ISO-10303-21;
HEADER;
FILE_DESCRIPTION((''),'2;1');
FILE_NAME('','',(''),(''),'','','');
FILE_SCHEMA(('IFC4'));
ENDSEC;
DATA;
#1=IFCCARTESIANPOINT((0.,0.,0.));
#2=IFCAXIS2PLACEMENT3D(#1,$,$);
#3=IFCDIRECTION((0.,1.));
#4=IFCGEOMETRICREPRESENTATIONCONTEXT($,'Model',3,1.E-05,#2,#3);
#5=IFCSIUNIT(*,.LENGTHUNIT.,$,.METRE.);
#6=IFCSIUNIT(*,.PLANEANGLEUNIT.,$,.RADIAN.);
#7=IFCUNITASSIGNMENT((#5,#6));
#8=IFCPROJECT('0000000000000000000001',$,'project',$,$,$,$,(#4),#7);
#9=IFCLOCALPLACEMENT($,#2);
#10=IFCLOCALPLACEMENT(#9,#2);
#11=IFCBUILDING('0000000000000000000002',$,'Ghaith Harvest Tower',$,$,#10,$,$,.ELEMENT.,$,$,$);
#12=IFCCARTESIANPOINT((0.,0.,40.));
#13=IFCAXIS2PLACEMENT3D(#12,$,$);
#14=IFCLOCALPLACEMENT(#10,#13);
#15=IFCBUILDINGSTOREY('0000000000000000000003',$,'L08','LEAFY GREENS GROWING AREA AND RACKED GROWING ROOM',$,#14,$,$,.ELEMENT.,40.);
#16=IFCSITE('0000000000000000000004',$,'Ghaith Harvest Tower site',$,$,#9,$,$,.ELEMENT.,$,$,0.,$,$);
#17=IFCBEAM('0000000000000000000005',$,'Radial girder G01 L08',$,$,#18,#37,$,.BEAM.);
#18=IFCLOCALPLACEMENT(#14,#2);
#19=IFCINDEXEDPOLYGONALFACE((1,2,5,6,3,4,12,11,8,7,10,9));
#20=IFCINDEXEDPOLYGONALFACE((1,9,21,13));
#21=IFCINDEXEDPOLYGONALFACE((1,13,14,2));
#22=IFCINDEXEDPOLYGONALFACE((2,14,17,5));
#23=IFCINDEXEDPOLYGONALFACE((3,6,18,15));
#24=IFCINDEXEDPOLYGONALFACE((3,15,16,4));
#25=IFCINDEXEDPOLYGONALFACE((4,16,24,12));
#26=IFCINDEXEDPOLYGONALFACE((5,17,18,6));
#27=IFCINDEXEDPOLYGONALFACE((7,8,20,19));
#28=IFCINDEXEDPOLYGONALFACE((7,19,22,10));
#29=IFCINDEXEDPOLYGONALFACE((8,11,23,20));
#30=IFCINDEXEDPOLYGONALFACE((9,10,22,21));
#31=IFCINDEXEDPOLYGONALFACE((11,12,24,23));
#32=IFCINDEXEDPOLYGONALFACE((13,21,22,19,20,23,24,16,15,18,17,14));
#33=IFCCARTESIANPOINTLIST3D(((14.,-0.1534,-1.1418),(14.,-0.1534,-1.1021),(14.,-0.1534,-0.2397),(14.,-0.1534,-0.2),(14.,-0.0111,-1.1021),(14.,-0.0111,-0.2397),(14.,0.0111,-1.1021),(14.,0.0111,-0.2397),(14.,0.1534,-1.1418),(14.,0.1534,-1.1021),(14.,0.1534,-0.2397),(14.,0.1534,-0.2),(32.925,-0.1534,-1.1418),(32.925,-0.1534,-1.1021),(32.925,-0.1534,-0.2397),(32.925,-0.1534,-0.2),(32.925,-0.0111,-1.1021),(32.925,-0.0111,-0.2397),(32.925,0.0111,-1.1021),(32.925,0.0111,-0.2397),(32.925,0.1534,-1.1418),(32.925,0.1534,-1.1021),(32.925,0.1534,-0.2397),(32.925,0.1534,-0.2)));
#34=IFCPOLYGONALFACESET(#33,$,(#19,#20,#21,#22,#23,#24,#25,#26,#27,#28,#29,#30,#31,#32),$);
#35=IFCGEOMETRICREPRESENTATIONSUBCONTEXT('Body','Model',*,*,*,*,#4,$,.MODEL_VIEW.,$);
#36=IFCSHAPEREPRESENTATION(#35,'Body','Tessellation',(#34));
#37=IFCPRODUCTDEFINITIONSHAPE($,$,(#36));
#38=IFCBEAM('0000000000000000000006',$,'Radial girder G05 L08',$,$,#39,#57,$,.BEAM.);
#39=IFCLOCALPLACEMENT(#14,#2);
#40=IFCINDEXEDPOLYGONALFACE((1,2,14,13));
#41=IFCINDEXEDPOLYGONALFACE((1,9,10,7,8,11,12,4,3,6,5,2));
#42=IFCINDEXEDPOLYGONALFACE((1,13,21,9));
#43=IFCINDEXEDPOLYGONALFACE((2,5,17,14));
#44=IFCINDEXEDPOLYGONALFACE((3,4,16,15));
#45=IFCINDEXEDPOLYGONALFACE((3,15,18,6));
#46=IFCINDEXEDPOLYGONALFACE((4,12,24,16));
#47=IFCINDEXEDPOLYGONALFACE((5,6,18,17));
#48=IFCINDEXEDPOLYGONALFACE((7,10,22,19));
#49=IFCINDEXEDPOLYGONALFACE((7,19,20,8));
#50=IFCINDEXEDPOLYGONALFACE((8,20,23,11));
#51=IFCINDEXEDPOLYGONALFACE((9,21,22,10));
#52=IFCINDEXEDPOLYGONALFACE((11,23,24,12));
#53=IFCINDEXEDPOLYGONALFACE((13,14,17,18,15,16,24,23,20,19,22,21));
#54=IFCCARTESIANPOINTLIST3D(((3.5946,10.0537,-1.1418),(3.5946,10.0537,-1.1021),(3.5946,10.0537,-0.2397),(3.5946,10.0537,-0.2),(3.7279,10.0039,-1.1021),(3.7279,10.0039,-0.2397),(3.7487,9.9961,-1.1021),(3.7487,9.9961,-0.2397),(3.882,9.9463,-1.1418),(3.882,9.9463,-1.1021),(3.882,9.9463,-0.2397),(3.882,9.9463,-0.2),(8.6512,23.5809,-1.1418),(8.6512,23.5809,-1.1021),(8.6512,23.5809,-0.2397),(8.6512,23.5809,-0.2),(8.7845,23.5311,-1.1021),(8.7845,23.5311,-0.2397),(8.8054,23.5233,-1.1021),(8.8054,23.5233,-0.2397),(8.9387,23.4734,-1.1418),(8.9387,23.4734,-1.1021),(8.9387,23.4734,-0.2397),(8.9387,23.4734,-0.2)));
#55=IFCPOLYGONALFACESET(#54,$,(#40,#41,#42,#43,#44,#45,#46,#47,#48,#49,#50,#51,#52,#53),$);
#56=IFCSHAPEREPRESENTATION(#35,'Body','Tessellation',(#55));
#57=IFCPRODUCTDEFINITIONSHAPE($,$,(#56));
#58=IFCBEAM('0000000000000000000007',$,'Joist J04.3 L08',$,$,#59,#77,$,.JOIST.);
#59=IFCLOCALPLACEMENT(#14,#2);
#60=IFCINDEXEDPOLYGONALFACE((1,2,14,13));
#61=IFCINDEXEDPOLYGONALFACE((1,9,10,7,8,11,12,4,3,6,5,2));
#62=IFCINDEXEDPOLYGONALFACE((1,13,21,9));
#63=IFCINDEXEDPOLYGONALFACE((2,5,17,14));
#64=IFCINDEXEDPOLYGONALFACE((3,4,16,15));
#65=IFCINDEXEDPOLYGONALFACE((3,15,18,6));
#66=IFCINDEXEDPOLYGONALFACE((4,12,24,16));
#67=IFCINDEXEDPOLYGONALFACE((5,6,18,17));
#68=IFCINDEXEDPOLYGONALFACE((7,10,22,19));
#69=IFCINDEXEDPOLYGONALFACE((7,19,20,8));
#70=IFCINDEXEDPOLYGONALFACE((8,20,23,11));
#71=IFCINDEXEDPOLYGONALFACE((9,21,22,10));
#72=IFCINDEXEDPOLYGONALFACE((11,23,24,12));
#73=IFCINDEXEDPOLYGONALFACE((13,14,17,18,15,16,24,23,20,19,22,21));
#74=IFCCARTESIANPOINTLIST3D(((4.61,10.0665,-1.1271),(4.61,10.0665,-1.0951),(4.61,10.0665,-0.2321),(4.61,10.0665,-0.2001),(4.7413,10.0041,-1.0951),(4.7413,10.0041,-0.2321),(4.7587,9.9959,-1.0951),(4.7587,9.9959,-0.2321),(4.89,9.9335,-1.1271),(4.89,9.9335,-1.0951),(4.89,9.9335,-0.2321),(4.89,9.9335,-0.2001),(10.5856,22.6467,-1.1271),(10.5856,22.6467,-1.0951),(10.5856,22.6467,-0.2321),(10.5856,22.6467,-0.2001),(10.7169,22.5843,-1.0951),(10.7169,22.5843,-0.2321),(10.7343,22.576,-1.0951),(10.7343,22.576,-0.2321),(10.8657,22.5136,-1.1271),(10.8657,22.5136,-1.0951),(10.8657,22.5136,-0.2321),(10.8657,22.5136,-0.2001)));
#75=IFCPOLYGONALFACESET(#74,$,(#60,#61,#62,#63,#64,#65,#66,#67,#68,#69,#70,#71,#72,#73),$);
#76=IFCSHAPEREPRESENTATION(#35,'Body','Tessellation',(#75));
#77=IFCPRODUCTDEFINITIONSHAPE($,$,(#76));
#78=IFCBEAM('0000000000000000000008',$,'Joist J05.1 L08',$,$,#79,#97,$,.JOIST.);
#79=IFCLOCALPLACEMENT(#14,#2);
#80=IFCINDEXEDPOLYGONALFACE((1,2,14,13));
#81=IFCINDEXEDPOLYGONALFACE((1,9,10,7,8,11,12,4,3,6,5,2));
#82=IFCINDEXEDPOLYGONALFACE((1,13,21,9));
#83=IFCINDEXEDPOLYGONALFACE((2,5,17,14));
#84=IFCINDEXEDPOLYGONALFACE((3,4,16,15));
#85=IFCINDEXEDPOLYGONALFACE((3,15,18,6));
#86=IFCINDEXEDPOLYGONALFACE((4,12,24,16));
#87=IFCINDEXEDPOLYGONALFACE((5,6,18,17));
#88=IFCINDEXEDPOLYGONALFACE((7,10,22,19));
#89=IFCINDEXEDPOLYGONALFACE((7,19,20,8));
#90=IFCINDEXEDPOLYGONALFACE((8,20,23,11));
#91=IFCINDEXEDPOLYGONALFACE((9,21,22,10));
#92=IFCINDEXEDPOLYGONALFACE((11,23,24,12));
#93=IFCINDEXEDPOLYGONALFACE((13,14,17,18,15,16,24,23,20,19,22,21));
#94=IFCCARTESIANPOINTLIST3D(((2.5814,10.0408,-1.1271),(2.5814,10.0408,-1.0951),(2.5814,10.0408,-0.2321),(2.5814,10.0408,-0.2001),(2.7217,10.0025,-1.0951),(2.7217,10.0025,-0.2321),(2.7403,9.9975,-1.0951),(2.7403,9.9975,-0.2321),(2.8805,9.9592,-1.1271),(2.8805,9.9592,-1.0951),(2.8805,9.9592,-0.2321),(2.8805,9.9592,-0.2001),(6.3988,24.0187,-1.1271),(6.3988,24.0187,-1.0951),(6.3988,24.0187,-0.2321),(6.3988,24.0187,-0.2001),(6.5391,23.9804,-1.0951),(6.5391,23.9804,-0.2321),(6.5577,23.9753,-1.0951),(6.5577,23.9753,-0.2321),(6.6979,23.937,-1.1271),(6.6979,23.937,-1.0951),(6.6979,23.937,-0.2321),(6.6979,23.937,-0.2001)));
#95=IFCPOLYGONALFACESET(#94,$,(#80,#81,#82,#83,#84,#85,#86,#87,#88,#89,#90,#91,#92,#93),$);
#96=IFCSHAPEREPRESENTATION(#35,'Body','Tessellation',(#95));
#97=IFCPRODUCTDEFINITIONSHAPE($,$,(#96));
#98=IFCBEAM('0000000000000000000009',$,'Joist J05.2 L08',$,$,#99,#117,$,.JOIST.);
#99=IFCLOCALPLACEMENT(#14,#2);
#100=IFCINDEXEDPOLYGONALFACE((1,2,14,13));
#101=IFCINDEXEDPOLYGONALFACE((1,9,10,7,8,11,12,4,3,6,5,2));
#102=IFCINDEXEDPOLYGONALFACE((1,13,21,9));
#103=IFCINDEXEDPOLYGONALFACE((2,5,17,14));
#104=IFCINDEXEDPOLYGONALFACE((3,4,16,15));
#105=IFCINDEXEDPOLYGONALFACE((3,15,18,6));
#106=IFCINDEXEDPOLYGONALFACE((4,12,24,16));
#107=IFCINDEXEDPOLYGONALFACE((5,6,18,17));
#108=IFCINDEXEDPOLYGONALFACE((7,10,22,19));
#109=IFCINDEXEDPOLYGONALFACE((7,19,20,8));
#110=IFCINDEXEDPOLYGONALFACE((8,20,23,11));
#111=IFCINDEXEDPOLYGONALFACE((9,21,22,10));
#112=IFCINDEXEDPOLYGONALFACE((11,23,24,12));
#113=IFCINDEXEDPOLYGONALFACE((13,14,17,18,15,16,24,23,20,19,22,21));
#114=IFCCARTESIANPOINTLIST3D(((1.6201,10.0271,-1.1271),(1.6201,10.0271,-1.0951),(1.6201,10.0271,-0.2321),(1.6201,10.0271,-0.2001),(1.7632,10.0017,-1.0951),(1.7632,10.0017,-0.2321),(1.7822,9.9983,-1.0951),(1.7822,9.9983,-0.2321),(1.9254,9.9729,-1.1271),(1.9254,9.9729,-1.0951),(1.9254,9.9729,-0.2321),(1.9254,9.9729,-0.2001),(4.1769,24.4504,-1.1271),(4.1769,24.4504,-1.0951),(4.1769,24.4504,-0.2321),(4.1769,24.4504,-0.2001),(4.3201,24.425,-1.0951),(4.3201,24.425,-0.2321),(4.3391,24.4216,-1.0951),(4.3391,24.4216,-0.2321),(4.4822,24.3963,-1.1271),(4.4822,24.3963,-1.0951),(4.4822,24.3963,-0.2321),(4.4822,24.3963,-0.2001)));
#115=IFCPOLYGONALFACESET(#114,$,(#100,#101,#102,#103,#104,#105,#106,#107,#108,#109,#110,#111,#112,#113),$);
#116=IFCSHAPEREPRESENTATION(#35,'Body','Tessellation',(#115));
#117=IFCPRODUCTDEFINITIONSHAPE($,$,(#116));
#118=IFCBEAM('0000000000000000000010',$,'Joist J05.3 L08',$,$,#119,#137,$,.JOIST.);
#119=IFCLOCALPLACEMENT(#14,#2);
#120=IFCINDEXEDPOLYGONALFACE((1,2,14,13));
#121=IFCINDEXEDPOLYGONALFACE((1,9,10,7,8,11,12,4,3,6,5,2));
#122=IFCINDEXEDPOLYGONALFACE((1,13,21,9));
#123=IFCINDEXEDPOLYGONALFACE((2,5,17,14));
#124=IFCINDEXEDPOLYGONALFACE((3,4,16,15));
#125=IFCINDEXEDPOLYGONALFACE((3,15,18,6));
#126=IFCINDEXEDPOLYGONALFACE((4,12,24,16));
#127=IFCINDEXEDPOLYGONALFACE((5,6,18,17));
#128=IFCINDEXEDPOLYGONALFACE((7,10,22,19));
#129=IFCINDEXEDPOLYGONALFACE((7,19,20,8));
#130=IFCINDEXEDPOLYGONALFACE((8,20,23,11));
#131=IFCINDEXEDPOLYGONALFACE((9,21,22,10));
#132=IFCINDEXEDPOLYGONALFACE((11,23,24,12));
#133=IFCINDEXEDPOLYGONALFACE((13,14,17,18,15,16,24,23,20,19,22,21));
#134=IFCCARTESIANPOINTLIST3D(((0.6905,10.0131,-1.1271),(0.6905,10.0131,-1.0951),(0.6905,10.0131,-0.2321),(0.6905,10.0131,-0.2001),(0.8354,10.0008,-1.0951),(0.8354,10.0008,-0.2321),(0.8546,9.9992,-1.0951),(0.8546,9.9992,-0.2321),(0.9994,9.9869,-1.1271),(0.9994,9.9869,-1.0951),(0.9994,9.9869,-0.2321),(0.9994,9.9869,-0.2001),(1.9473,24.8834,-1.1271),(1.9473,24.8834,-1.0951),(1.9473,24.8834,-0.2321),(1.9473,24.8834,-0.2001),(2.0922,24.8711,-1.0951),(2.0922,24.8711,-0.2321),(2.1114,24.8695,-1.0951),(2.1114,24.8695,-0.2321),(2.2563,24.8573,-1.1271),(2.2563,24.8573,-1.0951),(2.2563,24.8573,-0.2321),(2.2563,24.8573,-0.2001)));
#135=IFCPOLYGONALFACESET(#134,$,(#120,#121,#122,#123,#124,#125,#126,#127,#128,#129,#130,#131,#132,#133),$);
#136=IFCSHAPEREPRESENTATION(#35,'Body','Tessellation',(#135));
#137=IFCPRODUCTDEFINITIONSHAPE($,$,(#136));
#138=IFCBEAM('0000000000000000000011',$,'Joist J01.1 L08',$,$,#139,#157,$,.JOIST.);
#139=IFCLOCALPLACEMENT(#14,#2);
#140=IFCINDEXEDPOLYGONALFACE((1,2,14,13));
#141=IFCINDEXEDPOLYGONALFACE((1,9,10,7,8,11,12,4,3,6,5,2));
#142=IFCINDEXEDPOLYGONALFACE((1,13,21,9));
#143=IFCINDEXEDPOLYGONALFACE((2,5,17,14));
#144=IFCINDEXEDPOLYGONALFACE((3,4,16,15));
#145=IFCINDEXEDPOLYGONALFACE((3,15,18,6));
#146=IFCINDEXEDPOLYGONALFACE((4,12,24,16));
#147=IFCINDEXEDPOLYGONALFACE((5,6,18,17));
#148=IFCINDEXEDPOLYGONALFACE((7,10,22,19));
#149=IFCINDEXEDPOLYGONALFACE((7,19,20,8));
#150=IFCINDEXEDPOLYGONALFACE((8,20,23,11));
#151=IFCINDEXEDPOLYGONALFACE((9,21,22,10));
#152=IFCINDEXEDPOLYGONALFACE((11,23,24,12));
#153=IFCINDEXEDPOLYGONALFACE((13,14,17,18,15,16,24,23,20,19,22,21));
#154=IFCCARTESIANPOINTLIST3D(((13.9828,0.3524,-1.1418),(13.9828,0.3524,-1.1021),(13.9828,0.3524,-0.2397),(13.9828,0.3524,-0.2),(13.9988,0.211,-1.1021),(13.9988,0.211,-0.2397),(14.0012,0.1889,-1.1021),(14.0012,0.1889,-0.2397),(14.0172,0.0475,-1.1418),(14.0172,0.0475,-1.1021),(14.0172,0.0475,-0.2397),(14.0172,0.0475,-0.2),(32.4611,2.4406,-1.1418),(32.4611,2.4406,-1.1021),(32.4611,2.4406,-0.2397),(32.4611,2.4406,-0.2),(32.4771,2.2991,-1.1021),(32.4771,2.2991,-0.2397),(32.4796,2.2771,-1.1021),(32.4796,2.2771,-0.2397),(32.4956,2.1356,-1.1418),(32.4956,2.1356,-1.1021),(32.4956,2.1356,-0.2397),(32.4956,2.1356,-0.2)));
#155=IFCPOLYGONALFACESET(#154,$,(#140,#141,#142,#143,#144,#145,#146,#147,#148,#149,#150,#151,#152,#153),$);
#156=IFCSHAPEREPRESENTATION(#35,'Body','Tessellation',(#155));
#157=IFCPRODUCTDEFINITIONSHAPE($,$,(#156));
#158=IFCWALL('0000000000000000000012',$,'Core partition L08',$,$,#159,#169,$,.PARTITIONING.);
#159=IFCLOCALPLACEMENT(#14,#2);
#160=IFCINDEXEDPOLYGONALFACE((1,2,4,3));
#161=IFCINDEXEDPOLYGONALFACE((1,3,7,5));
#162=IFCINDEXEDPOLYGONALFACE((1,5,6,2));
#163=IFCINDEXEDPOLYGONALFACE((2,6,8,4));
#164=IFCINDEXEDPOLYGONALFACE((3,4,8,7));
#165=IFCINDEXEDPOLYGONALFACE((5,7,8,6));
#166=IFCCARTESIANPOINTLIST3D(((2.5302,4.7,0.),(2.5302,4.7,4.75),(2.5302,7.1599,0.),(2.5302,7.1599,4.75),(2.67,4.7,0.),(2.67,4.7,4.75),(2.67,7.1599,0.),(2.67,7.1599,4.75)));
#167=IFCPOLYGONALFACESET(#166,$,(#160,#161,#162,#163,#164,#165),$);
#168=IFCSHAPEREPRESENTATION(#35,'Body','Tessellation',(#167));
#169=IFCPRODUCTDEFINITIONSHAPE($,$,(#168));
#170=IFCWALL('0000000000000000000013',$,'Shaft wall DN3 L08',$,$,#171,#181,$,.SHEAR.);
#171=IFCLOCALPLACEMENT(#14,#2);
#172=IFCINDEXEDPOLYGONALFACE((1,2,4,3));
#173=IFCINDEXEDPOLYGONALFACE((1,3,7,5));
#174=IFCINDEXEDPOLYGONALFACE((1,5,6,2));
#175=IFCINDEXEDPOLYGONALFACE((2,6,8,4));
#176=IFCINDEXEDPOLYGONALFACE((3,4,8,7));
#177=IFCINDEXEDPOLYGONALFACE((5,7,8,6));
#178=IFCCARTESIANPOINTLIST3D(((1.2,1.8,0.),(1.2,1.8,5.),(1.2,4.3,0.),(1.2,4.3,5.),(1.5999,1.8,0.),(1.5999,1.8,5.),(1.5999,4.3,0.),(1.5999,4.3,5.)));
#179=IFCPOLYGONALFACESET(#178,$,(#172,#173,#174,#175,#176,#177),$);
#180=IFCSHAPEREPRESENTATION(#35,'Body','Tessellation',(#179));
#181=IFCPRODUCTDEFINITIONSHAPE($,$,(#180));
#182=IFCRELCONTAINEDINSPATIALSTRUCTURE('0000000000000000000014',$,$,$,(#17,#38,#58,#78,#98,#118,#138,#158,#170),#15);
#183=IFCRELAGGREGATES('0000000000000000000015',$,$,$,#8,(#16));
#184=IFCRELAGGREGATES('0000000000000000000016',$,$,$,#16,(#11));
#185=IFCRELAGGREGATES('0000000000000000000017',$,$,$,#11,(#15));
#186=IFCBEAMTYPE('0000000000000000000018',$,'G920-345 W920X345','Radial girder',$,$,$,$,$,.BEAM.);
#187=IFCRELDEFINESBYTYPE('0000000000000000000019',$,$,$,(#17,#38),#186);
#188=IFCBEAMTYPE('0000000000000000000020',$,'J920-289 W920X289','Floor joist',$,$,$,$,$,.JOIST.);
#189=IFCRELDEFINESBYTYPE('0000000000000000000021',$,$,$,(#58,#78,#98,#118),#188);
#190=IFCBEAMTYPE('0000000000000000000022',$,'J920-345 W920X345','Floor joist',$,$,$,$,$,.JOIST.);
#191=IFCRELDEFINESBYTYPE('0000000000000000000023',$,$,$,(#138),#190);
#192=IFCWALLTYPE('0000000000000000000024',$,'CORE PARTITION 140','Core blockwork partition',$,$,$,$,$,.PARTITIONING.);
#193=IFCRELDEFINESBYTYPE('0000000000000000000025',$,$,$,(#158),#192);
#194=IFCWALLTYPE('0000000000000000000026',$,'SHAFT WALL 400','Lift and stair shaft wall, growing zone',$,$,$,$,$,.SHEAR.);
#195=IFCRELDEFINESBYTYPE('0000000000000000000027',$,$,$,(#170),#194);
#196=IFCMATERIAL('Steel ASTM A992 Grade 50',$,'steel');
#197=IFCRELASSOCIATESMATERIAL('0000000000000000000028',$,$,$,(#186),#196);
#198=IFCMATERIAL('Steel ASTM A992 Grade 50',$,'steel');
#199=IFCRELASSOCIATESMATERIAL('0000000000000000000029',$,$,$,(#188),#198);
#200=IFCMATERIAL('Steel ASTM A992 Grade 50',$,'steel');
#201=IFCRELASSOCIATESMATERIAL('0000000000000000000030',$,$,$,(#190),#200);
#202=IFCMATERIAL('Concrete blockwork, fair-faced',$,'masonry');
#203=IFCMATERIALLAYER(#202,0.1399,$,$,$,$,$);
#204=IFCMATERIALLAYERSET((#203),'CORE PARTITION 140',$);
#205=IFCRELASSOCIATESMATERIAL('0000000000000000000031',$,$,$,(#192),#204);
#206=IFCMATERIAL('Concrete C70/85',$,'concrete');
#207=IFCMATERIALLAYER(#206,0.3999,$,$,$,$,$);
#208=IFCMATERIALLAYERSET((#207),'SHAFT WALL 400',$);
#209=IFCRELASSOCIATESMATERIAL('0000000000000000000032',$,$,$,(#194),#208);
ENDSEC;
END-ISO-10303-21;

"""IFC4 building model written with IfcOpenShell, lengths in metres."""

from ifc_helpers import new_model, si_unit, direction, frame, frame_2d, origin, origin_2d, place, context, subcontext, project, spatial, rectangle, i_section, extrude, material, layer, layer_set, material_profile, profile_set, type_object, element, save


model = new_model("IFC4")

# Units and contexts
model_context = context("Model", 3, precision=1e-05, world=origin(), true_north=direction((0.0, 1.0)))
body_context = subcontext(model_context, "Body", "Model", "MODEL_VIEW")
ifc_project = project(units=[si_unit("LENGTHUNIT", "METRE"), si_unit("PLANEANGLEUNIT", "RADIAN")], contexts=[model_context])

# Site, building, storey
site_placement = place(None, origin())
site = spatial("IfcSite", under=ifc_project, at=site_placement, Name="Ghaith Harvest Tower site", CompositionType="ELEMENT", RefElevation=0.0)
building_placement = place(site_placement, origin())
building = spatial("IfcBuilding", under=site, at=building_placement, Name="Ghaith Harvest Tower", CompositionType="ELEMENT")
storey_placement = place(building_placement, frame((0.0, 0.0, 40.0)))
storey = spatial("IfcBuildingStorey", under=building, at=storey_placement, Name="L08", Description="LEAFY GREENS GROWING AREA AND RACKED GROWING ROOM", CompositionType="ELEMENT", Elevation=40.0)

# Beams
ifc_material_1 = material(Name="Steel ASTM A992 Grade 50", Category="steel")
ifc_material_profile_1 = material_profile(ifc_material_1, i_section(OverallWidth=0.3069, OverallDepth=0.9419, WebThickness=0.0222, FlangeThickness=0.0398, at=origin_2d()), Name="W920X345")
ifc_profile_set_1 = profile_set([ifc_material_profile_1], Name="Steel ASTM A992 Grade 50")
beam_type_1 = type_object("IfcBeamType", Name="G920-345 W920X345", Description="Radial girder", PredefinedType="BEAM", material=ifc_profile_set_1)
beam_1_placement = place(storey_placement, frame((14.0, 0.0, -0.6709), z_axis=(1.0, 0.0, 0.0), x_axis=(0.0, 1.0, 0.0)))
element("IfcBeam", 1, at=beam_1_placement, inside=storey, type_object=beam_type_1, Name="Radial girder G01 L08", PredefinedType="BEAM", context=body_context, shape_type="SweptSolid", body=[
    extrude(i_section(OverallWidth=0.3069, OverallDepth=0.9419, WebThickness=0.0222, FlangeThickness=0.0398, at=origin_2d()), origin(), (0.0, 0.0, 1.0), 18.925),
])
beam_2_placement = place(storey_placement, frame((3.7383, 10.0, -0.6709), z_axis=(0.350151, 0.936693, 0.0), x_axis=(-0.936693, 0.350151, 0.0)))
element("IfcBeam", 2, at=beam_2_placement, inside=storey, type_object=beam_type_1, Name="Radial girder G05 L08", PredefinedType="BEAM", context=body_context, shape_type="SweptSolid", body=[
    extrude(i_section(OverallWidth=0.3069, OverallDepth=0.9419, WebThickness=0.0222, FlangeThickness=0.0398, at=origin_2d()), origin(), (0.0, 0.0, 1.0), 14.4414),
])
ifc_material_2 = material(Name="Steel ASTM A992 Grade 50", Category="steel")
ifc_material_profile_2 = material_profile(ifc_material_2, i_section(OverallWidth=0.3101, OverallDepth=0.927, WebThickness=0.0193, FlangeThickness=0.032, at=origin_2d()), Name="W920X289")
ifc_profile_set_2 = profile_set([ifc_material_profile_2], Name="Steel ASTM A992 Grade 50")
beam_type_2 = type_object("IfcBeamType", Name="J920-289 W920X289", Description="Floor joist", PredefinedType="JOIST", material=ifc_profile_set_2)
beam_3_placement = place(storey_placement, frame((4.75, 10.0, -0.6636), z_axis=(0.42906, 0.903276, 0.0), x_axis=(-0.903276, 0.42906, 0.0)))
element("IfcBeam", 3, at=beam_3_placement, inside=storey, type_object=beam_type_2, Name="Joist J04.3 L08", PredefinedType="JOIST", context=body_context, shape_type="SweptSolid", body=[
    extrude(i_section(OverallWidth=0.3101, OverallDepth=0.927, WebThickness=0.0193, FlangeThickness=0.032, at=origin_2d()), origin(), (0.0, 0.0, 1.0), 13.9272),
])
beam_4_placement = place(storey_placement, frame((2.731, 10.0, -0.6636), z_axis=(0.263455, 0.964672, 0.0), x_axis=(-0.964672, 0.263455, 0.0)))
element("IfcBeam", 4, at=beam_4_placement, inside=storey, type_object=beam_type_2, Name="Joist J05.1 L08", PredefinedType="JOIST", context=body_context, shape_type="SweptSolid", body=[
    extrude(i_section(OverallWidth=0.3101, OverallDepth=0.927, WebThickness=0.0193, FlangeThickness=0.032, at=origin_2d()), origin(), (0.0, 0.0, 1.0), 14.4897),
])
beam_5_placement = place(storey_placement, frame((1.7727, 10.0, -0.6636), z_axis=(0.174553, 0.984648, 0.0), x_axis=(-0.984648, 0.174553, 0.0)))
element("IfcBeam", 5, at=beam_5_placement, inside=storey, type_object=beam_type_2, Name="Joist J05.2 L08", PredefinedType="JOIST", context=body_context, shape_type="SweptSolid", body=[
    extrude(i_section(OverallWidth=0.3101, OverallDepth=0.927, WebThickness=0.0193, FlangeThickness=0.032, at=origin_2d()), origin(), (0.0, 0.0, 1.0), 14.6482),
])
beam_6_placement = place(storey_placement, frame((0.845, 10.0, -0.6636), z_axis=(0.084219, 0.996447, 0.0), x_axis=(-0.996447, 0.084219, 0.0)))
element("IfcBeam", 6, at=beam_6_placement, inside=storey, type_object=beam_type_2, Name="Joist J05.3 L08", PredefinedType="JOIST", context=body_context, shape_type="SweptSolid", body=[
    extrude(i_section(OverallWidth=0.3101, OverallDepth=0.927, WebThickness=0.0193, FlangeThickness=0.032, at=origin_2d()), origin(), (0.0, 0.0, 1.0), 14.9233),
])
ifc_material_3 = material(Name="Steel ASTM A992 Grade 50", Category="steel")
ifc_material_profile_3 = material_profile(ifc_material_3, i_section(OverallWidth=0.3069, OverallDepth=0.9419, WebThickness=0.0222, FlangeThickness=0.0398, at=origin_2d()), Name="W920X345")
ifc_profile_set_3 = profile_set([ifc_material_profile_3], Name="Steel ASTM A992 Grade 50")
beam_type_3 = type_object("IfcBeamType", Name="J920-345 W920X345", Description="Floor joist", PredefinedType="JOIST", material=ifc_profile_set_3)
beam_7_placement = place(storey_placement, frame((14.0, 0.2, -0.6709), z_axis=(0.993675, 0.11229, 0.0), x_axis=(-0.11229, 0.993675, 0.0)))
element("IfcBeam", 7, at=beam_7_placement, inside=storey, type_object=beam_type_3, Name="Joist J01.1 L08", PredefinedType="JOIST", context=body_context, shape_type="SweptSolid", body=[
    extrude(i_section(OverallWidth=0.3069, OverallDepth=0.9419, WebThickness=0.0222, FlangeThickness=0.0398, at=origin_2d()), origin(), (0.0, 0.0, 1.0), 18.5959),
])

# Wall
ifc_material_4 = material(Name="Concrete blockwork, fair-faced", Category="masonry")
ifc_layer_1 = layer(ifc_material_4, 0.1399)
ifc_layer_set_1 = layer_set([ifc_layer_1], Name="CORE PARTITION 140")
wall_type_1 = type_object("IfcWallType", Name="CORE PARTITION 140", Description="Core blockwork partition", PredefinedType="PARTITIONING", material=ifc_layer_set_1)
wall_1_placement = place(storey_placement, frame((2.6001, 4.7, 0.0), z_axis=(0.0, 0.0, 1.0), x_axis=(0.0, 1.0, 0.0)))
element("IfcWall", 8, at=wall_1_placement, inside=storey, type_object=wall_type_1, Name="Core partition L08", PredefinedType="PARTITIONING", context=body_context, shape_type="SweptSolid", body=[
    extrude(rectangle(XDim=2.46, YDim=0.1399, at=frame_2d((1.23, 0.0))), origin(), (0.0, 0.0, 1.0), 4.75),
])

# Shared definitions
ifc_material_5 = material(Name="Concrete C70/85", Category="concrete")
ifc_layer_2 = layer(ifc_material_5, 0.3999)
ifc_layer_set_2 = layer_set([ifc_layer_2], Name="SHAFT WALL 400")
wall_type_2 = type_object("IfcWallType", Name="SHAFT WALL 400", Description="Lift and stair shaft wall, growing zone", PredefinedType="SHEAR", material=ifc_layer_set_2)

# Wall
for number, where, z_axis, x_axis, name in (
    (9, (1.3999, 1.8, 0.0), (0.0, 0.0, 1.0), (0.0, 1.0, 0.0), "Shaft wall DN3 L08"),
):
    element("IfcWall", number, at=place(storey_placement, frame(where, z_axis=z_axis, x_axis=x_axis)), inside=storey, type_object=wall_type_2, Name=name, PredefinedType="SHEAR", context=body_context, shape_type="SweptSolid", body=[
        extrude(rectangle(XDim=2.5, YDim=0.3999, at=frame_2d((1.25, 0.0))), origin(), (0.0, 0.0, 1.0), 5.0),
    ])

save(model, "model.ifc")
